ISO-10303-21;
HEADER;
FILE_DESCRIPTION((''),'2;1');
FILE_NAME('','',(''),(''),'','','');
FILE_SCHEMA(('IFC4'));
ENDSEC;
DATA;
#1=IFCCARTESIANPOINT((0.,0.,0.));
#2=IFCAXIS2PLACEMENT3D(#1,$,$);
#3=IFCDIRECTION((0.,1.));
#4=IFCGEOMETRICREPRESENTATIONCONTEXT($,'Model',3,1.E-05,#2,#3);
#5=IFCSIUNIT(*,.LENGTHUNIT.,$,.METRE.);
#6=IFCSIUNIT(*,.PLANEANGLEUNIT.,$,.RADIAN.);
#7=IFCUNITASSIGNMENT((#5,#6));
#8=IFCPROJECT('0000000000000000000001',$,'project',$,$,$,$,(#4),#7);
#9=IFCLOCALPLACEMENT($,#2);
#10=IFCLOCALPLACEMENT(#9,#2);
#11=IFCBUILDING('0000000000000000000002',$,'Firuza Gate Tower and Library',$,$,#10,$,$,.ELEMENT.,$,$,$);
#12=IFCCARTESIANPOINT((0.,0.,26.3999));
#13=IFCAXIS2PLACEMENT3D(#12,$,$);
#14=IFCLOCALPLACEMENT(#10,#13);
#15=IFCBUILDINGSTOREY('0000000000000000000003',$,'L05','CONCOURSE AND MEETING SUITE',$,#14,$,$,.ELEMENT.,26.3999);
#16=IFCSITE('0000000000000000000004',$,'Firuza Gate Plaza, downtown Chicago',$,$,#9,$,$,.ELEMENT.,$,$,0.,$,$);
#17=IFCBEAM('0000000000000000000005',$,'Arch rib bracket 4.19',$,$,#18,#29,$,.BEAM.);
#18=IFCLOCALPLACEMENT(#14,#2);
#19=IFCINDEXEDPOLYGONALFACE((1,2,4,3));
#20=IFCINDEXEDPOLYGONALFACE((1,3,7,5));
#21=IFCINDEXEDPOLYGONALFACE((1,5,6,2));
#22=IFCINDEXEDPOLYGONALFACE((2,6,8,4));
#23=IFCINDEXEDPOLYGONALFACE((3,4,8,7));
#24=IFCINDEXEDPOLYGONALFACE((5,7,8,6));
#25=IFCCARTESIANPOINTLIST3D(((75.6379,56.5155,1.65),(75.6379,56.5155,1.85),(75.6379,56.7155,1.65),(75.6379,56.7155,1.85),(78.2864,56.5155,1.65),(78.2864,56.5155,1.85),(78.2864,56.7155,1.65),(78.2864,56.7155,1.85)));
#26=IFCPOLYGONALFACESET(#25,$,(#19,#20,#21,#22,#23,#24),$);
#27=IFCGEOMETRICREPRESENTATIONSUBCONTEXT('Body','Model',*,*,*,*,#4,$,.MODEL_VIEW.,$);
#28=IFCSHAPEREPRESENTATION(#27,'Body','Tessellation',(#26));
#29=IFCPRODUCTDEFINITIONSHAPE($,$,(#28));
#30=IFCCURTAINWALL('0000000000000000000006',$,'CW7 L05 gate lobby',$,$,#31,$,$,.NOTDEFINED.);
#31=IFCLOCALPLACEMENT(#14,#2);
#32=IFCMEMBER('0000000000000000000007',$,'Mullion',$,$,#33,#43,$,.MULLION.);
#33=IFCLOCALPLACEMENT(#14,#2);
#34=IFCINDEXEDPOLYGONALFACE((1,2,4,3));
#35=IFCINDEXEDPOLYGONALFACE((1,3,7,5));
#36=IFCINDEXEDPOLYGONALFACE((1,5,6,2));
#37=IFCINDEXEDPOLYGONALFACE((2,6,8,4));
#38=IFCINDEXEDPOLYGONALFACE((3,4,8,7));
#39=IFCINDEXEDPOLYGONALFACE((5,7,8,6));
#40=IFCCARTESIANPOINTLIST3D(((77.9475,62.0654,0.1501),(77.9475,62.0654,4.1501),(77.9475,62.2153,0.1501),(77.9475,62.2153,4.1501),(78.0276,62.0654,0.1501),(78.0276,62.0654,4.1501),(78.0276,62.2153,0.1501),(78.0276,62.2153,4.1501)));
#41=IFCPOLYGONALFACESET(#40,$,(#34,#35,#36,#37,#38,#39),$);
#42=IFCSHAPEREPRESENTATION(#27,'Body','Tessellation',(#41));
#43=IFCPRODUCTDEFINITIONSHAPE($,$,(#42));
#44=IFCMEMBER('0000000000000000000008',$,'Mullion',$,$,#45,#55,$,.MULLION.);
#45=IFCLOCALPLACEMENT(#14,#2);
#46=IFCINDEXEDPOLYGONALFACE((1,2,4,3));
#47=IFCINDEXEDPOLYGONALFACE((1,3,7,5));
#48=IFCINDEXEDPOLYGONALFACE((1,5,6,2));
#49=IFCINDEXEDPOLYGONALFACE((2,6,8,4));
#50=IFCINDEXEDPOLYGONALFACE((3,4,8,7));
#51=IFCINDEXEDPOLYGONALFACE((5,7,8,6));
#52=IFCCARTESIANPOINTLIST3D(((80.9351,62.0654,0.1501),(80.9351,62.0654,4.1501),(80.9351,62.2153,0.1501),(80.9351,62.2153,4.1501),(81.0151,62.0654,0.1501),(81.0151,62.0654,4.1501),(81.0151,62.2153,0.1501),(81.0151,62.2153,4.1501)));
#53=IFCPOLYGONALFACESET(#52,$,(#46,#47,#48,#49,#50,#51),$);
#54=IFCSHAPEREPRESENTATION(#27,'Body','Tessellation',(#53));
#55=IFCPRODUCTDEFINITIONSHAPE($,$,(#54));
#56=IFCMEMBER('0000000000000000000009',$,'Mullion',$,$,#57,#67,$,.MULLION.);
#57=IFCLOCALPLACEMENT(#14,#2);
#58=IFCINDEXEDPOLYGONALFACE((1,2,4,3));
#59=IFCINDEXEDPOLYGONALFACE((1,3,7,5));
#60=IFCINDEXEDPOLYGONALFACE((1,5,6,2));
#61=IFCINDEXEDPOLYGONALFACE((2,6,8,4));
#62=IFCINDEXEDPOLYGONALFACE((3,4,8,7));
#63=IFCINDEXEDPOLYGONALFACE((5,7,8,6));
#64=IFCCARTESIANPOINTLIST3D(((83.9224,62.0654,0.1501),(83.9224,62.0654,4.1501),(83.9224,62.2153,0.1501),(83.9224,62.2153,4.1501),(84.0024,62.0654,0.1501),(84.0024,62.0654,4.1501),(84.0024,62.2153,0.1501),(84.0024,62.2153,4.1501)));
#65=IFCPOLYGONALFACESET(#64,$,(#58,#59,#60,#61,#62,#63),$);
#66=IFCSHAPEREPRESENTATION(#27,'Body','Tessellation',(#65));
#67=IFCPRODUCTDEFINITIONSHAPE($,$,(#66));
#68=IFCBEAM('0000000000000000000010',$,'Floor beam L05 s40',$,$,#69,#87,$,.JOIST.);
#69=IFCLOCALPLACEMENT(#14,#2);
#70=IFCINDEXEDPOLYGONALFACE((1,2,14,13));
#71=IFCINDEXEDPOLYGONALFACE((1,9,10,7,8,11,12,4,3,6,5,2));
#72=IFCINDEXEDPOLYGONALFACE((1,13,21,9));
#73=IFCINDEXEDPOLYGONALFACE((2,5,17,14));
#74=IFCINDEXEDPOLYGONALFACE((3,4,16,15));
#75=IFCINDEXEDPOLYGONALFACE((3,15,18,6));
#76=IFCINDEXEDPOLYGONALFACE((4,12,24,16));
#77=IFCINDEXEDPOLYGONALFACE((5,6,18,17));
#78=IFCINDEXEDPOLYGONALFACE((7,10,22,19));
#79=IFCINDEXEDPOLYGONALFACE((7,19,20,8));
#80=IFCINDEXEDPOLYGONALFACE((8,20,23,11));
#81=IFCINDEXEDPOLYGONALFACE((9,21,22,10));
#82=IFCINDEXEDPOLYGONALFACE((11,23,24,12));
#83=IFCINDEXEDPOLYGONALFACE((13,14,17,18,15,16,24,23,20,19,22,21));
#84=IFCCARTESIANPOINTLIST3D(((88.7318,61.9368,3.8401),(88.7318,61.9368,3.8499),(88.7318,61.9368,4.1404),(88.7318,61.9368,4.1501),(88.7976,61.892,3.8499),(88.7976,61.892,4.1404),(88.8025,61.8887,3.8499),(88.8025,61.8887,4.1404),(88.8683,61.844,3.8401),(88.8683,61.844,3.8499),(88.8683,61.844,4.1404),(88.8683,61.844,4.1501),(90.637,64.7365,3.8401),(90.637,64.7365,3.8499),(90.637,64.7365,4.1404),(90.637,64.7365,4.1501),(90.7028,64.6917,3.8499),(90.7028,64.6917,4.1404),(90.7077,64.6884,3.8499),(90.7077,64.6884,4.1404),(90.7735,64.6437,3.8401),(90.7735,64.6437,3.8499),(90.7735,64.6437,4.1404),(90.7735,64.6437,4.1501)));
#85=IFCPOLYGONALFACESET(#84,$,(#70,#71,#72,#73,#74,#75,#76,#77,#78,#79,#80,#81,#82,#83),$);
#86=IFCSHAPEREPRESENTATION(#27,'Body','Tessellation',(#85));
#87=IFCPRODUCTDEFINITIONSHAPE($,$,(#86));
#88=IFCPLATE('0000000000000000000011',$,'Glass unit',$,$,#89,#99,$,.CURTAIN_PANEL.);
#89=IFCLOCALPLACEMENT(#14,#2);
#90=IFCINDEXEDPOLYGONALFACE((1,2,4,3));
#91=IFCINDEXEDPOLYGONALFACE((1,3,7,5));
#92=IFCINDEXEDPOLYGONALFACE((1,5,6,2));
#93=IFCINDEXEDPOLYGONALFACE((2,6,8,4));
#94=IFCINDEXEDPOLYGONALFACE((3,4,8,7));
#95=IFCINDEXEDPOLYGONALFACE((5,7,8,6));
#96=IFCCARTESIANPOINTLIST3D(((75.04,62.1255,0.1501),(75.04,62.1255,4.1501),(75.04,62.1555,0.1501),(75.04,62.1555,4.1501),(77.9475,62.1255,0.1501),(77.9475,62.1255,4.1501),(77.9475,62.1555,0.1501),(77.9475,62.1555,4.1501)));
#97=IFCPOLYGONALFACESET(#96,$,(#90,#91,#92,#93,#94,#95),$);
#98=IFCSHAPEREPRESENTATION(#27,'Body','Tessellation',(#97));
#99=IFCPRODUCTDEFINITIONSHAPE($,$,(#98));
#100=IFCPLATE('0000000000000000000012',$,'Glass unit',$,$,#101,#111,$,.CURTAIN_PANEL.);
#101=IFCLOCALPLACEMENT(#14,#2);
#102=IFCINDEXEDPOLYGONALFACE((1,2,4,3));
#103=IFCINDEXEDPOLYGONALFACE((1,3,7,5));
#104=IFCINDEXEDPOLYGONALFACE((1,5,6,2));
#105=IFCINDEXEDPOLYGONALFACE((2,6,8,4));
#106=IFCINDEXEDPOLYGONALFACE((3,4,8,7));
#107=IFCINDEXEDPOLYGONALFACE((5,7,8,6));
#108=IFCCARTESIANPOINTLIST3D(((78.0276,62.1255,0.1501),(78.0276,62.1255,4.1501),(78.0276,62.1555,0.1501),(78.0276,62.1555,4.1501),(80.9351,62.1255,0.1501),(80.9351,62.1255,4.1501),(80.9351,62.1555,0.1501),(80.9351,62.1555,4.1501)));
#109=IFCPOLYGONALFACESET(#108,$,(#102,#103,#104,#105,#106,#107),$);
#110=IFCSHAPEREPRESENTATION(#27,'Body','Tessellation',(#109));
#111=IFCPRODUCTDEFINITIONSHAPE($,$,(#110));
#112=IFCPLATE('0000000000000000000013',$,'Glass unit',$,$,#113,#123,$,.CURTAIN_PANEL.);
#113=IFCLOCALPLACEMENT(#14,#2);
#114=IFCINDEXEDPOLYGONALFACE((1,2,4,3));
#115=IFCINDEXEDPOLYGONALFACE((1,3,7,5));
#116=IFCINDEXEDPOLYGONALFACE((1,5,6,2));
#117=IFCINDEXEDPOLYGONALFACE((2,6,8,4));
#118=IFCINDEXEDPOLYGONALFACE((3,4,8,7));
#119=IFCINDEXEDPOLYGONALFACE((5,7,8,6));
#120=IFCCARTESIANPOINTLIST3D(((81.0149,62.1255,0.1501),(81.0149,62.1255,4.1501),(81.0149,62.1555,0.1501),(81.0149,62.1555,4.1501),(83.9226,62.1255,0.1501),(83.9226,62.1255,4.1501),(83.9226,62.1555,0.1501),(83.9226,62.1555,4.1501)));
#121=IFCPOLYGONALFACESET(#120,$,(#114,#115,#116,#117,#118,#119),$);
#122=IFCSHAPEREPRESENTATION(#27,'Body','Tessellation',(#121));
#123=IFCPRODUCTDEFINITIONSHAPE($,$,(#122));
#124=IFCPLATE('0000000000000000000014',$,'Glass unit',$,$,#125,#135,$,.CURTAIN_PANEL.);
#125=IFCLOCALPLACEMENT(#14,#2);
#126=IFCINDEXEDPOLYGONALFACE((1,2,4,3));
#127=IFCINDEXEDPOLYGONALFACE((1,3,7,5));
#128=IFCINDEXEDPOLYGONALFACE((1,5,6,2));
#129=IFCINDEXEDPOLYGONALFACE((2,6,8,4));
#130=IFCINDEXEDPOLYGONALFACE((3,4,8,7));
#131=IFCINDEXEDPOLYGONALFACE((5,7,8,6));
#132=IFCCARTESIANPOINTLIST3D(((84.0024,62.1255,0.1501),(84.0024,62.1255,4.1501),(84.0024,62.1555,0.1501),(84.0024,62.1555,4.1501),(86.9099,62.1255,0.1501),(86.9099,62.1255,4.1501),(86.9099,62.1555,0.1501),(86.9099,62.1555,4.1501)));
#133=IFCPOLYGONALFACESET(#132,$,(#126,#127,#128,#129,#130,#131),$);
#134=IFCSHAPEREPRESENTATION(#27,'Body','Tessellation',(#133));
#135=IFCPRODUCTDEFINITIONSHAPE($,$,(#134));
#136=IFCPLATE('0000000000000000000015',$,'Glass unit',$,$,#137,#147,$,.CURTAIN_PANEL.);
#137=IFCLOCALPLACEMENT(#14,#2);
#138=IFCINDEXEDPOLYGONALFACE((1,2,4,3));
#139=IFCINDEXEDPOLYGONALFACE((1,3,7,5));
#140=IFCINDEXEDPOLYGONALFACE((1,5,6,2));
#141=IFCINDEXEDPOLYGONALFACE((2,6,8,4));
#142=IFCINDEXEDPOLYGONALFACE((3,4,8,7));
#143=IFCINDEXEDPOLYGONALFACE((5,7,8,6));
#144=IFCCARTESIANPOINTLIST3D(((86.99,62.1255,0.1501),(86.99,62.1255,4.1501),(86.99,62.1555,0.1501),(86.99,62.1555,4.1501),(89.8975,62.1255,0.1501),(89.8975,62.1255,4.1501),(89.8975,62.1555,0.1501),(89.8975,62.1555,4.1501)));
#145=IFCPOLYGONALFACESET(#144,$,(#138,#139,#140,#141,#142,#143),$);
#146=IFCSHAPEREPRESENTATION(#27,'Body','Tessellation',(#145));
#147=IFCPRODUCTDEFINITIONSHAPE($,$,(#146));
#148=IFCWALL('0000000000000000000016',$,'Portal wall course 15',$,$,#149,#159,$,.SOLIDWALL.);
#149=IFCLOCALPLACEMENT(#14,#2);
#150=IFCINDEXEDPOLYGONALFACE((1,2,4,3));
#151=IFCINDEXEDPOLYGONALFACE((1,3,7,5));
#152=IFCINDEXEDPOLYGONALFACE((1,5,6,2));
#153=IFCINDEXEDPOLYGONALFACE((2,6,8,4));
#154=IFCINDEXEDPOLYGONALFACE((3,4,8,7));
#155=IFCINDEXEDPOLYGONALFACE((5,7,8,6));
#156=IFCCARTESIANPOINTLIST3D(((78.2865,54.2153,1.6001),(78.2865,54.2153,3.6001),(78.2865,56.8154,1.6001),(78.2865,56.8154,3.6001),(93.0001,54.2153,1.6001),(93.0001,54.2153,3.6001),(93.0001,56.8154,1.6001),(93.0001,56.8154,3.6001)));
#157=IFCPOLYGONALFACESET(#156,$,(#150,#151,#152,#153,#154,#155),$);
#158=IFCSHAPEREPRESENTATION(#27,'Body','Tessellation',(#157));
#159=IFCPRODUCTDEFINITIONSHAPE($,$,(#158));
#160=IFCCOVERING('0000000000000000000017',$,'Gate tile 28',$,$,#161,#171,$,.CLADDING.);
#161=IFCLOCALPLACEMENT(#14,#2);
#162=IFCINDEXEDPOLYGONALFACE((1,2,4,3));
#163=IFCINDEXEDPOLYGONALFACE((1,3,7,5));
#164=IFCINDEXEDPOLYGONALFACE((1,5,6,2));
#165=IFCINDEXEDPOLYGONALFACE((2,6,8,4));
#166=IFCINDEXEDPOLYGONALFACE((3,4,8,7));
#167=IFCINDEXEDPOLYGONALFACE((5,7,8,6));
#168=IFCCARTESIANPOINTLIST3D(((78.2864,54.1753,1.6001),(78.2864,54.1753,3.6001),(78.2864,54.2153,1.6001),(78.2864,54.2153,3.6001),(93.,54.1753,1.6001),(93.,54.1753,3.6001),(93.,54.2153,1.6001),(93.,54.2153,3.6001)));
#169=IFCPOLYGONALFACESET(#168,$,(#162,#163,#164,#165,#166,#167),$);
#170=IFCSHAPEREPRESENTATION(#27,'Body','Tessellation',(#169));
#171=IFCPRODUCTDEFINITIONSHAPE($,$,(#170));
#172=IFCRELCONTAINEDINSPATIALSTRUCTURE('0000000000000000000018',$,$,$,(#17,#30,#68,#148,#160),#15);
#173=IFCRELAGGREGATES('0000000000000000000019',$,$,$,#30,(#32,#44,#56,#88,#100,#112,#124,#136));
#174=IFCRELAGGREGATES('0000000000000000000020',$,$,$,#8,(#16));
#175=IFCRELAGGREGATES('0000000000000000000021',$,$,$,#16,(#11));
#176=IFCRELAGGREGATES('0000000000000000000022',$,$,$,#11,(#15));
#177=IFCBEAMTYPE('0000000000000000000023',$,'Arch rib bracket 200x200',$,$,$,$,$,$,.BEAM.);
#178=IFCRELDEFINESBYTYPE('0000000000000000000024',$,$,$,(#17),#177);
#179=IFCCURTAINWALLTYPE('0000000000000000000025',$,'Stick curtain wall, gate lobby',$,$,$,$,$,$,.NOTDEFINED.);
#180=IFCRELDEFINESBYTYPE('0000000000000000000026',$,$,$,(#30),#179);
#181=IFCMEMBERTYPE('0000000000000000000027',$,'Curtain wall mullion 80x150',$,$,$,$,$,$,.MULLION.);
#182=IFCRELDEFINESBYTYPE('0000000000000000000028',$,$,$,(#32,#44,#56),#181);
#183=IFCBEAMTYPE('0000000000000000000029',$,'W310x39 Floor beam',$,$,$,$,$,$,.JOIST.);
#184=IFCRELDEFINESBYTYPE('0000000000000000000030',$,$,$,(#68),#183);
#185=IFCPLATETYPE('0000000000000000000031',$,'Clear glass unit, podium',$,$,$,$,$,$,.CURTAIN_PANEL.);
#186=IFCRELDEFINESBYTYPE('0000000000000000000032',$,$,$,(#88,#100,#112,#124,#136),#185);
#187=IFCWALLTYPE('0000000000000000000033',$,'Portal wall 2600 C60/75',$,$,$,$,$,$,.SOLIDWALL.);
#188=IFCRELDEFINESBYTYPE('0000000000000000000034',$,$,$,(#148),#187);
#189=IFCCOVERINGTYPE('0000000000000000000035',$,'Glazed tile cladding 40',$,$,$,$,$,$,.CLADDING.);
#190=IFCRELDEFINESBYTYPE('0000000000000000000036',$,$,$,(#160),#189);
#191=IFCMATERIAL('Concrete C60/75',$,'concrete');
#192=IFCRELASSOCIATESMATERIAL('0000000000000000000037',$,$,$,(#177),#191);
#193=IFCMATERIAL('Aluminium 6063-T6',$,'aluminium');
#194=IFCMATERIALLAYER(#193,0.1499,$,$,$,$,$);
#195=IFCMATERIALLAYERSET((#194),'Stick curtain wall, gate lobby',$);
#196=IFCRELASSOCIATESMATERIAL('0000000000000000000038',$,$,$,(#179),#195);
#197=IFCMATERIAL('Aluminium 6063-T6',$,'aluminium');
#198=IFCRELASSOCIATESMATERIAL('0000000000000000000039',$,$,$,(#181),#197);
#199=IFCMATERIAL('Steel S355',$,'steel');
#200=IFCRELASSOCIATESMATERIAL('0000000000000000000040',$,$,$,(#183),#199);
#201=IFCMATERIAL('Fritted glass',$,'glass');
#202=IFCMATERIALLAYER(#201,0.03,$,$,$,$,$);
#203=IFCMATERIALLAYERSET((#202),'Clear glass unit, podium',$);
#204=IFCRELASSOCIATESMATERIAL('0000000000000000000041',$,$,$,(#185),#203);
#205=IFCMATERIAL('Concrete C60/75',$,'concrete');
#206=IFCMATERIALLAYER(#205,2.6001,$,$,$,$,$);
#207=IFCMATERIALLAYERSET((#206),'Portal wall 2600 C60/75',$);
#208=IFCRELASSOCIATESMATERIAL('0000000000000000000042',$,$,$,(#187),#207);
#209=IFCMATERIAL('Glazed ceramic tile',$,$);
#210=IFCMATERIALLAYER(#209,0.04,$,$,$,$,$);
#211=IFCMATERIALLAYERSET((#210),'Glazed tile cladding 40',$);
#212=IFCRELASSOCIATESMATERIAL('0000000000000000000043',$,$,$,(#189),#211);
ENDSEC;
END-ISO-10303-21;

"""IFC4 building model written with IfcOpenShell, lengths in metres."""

from ifc_helpers import new_model, si_unit, direction, frame, frame_2d, origin, origin_2d, place, context, subcontext, project, spatial, polyline, rectangle, i_section, outline, extrude, material, layer, layer_set, material_profile, profile_set, type_object, element, aggregate, save


model = new_model("IFC4")

# Units and contexts
model_context = context("Model", 3, precision=1e-05, world=origin(), true_north=direction((0.0, 1.0)))
body_context = subcontext(model_context, "Body", "Model", "MODEL_VIEW")
ifc_project = project(units=[si_unit("LENGTHUNIT", "METRE"), si_unit("PLANEANGLEUNIT", "RADIAN")], contexts=[model_context])

# Site, building, storey
site_placement = place(None, origin())
site = spatial("IfcSite", under=ifc_project, at=site_placement, Name="Firuza Gate Plaza, downtown Chicago", CompositionType="ELEMENT", RefElevation=0.0)
building_placement = place(site_placement, origin())
building = spatial("IfcBuilding", under=site, at=building_placement, Name="Firuza Gate Tower and Library", CompositionType="ELEMENT")
storey_placement = place(building_placement, frame((0.0, 0.0, 26.3999)))
storey = spatial("IfcBuildingStorey", under=building, at=storey_placement, Name="L05", Description="CONCOURSE AND MEETING SUITE", CompositionType="ELEMENT", Elevation=26.3999)

# Beam
ifc_material_1 = material(Name="Concrete C60/75", Category="concrete")
ifc_material_profile_1 = material_profile(ifc_material_1, rectangle(XDim=0.2, YDim=0.2, at=origin_2d()))
ifc_profile_set_1 = profile_set([ifc_material_profile_1], Name="Concrete C60/75")
beam_type_1 = type_object("IfcBeamType", Name="Arch rib bracket 200x200", PredefinedType="BEAM", material=ifc_profile_set_1)
beam_1_placement = place(storey_placement, frame((78.2864, 56.6155, 1.75), z_axis=(-1.0, 0.0, 0.0), x_axis=(0.0, -1.0, 0.0)))
element("IfcBeam", 1, at=beam_1_placement, inside=storey, type_object=beam_type_1, Name="Arch rib bracket 4.19", PredefinedType="BEAM", context=body_context, shape_type="SweptSolid", body=[
    extrude(rectangle(XDim=0.2, YDim=0.2, at=origin_2d()), origin(), (0.0, 0.0, 1.0), 2.6484),
])

# Curtain wall, members
ifc_material_2 = material(Name="Aluminium 6063-T6", Category="aluminium")
ifc_layer_1 = layer(ifc_material_2, 0.1499)
ifc_layer_set_1 = layer_set([ifc_layer_1], Name="Stick curtain wall, gate lobby")
curtain_wall_type = type_object("IfcCurtainWallType", Name="Stick curtain wall, gate lobby", PredefinedType="NOTDEFINED", material=ifc_layer_set_1)
curtain_wall_placement = place(storey_placement, origin())
curtain_wall = element("IfcCurtainWall", 2, at=curtain_wall_placement, inside=storey, type_object=curtain_wall_type, Name="CW7 L05 gate lobby", PredefinedType="NOTDEFINED")
ifc_material_3 = material(Name="Aluminium 6063-T6", Category="aluminium")
ifc_material_profile_2 = material_profile(ifc_material_3, rectangle(XDim=0.1499, YDim=0.0801, at=origin_2d()))
ifc_profile_set_2 = profile_set([ifc_material_profile_2], Name="Aluminium 6063-T6")
member_type_1 = type_object("IfcMemberType", Name="Curtain wall mullion 80x150", PredefinedType="MULLION", material=ifc_profile_set_2)
member_1_placement = place(storey_placement, frame((77.9875, 62.1404, 0.1501), z_axis=(0.0, 0.0, 1.0), x_axis=(0.0, 1.0, 0.0)))
member_1 = element("IfcMember", 3, at=member_1_placement, type_object=member_type_1, Name="Mullion", PredefinedType="MULLION", context=body_context, shape_type="SweptSolid", body=[
    extrude(rectangle(XDim=0.1499, YDim=0.0801, at=origin_2d()), origin(), (0.0, 0.0, 1.0), 4.0),
])
member_2_placement = place(storey_placement, frame((80.9751, 62.1404, 0.1501), z_axis=(0.0, 0.0, 1.0), x_axis=(0.0, 1.0, 0.0)))
member_2 = element("IfcMember", 4, at=member_2_placement, type_object=member_type_1, Name="Mullion", PredefinedType="MULLION", context=body_context, shape_type="SweptSolid", body=[
    extrude(rectangle(XDim=0.1499, YDim=0.0801, at=origin_2d()), origin(), (0.0, 0.0, 1.0), 4.0),
])
member_3_placement = place(storey_placement, frame((83.9624, 62.1404, 0.1501), z_axis=(0.0, 0.0, 1.0), x_axis=(0.0, 1.0, 0.0)))
member_3 = element("IfcMember", 5, at=member_3_placement, type_object=member_type_1, Name="Mullion", PredefinedType="MULLION", context=body_context, shape_type="SweptSolid", body=[
    extrude(rectangle(XDim=0.1499, YDim=0.0801, at=origin_2d()), origin(), (0.0, 0.0, 1.0), 4.0),
])

# Beam
ifc_material_4 = material(Name="Steel S355", Category="steel")
ifc_material_profile_3 = material_profile(ifc_material_4, i_section(OverallWidth=0.165, OverallDepth=0.3101, WebThickness=0.0059, FlangeThickness=0.0098, at=origin_2d()))
ifc_profile_set_3 = profile_set([ifc_material_profile_3], Name="Steel S355")
beam_type_2 = type_object("IfcBeamType", Name="W310x39 Floor beam", PredefinedType="JOIST", material=ifc_profile_set_3)
beam_2_placement = place(storey_placement, frame((88.8, 61.8904, 3.9951), z_axis=(0.562594, 0.826733, 0.0), x_axis=(-0.826733, 0.562594, 0.0)))
element("IfcBeam", 6, at=beam_2_placement, inside=storey, type_object=beam_type_2, Name="Floor beam L05 s40", PredefinedType="JOIST", context=body_context, shape_type="SweptSolid", body=[
    extrude(i_section(OverallWidth=0.165, OverallDepth=0.3101, WebThickness=0.0059, FlangeThickness=0.0098, at=origin_2d()), origin(), (0.0, 0.0, 1.0), 3.3865),
])

# Plates
ifc_material_5 = material(Name="Fritted glass", Category="glass")
ifc_layer_2 = layer(ifc_material_5, 0.03)
ifc_layer_set_2 = layer_set([ifc_layer_2], Name="Clear glass unit, podium")
plate_type = type_object("IfcPlateType", Name="Clear glass unit, podium", PredefinedType="CURTAIN_PANEL", material=ifc_layer_set_2)
plate_1_placement = place(storey_placement, frame((75.04, 62.1255, 0.1501), z_axis=(0.0, -1.0, 0.0), x_axis=(1.0, 0.0, 0.0)))
plate_1 = element("IfcPlate", 7, at=plate_1_placement, type_object=plate_type, Name="Glass unit", PredefinedType="CURTAIN_PANEL", context=body_context, shape_type="SweptSolid", body=[
    extrude(outline(polyline([(0.0, 0.0), (2.9075, 0.0), (2.9075, 4.0), (0.0, 4.0), (0.0, 0.0)])), origin(), (0.0, 0.0, -1.0), 0.03),
])
plate_2_placement = place(storey_placement, frame((78.0276, 62.1255, 0.1501), z_axis=(0.0, -1.0, 0.0), x_axis=(1.0, 0.0, 0.0)))
plate_2 = element("IfcPlate", 8, at=plate_2_placement, type_object=plate_type, Name="Glass unit", PredefinedType="CURTAIN_PANEL", context=body_context, shape_type="SweptSolid", body=[
    extrude(outline(polyline([(0.0, 0.0), (2.9075, 0.0), (2.9075, 4.0), (0.0, 4.0), (0.0, 0.0)])), origin(), (0.0, 0.0, -1.0), 0.03),
])
plate_3_placement = place(storey_placement, frame((81.0149, 62.1255, 0.1501), z_axis=(0.0, -1.0, 0.0), x_axis=(1.0, 0.0, 0.0)))
plate_3 = element("IfcPlate", 9, at=plate_3_placement, type_object=plate_type, Name="Glass unit", PredefinedType="CURTAIN_PANEL", context=body_context, shape_type="SweptSolid", body=[
    extrude(outline(polyline([(0.0, 0.0), (2.9077, 0.0), (2.9077, 4.0), (0.0, 4.0), (0.0, 0.0)])), origin(), (0.0, 0.0, -1.0), 0.03),
])
plate_4_placement = place(storey_placement, frame((84.0024, 62.1255, 0.1501), z_axis=(0.0, -1.0, 0.0), x_axis=(1.0, 0.0, 0.0)))
plate_4 = element("IfcPlate", 10, at=plate_4_placement, type_object=plate_type, Name="Glass unit", PredefinedType="CURTAIN_PANEL", context=body_context, shape_type="SweptSolid", body=[
    extrude(outline(polyline([(0.0, 0.0), (2.9075, 0.0), (2.9075, 4.0), (0.0, 4.0), (0.0, 0.0)])), origin(), (0.0, 0.0, -1.0), 0.03),
])
plate_5_placement = place(storey_placement, frame((86.99, 62.1255, 0.1501), z_axis=(0.0, -1.0, 0.0), x_axis=(1.0, 0.0, 0.0)))
plate_5 = element("IfcPlate", 11, at=plate_5_placement, type_object=plate_type, Name="Glass unit", PredefinedType="CURTAIN_PANEL", context=body_context, shape_type="SweptSolid", body=[
    extrude(outline(polyline([(0.0, 0.0), (2.9075, 0.0), (2.9075, 4.0), (0.0, 4.0), (0.0, 0.0)])), origin(), (0.0, 0.0, -1.0), 0.03),
])
aggregate(curtain_wall, [member_1, member_2, member_3, plate_1, plate_2, plate_3, plate_4, plate_5])

# Wall
ifc_material_6 = material(Name="Concrete C60/75", Category="concrete")
ifc_layer_3 = layer(ifc_material_6, 2.6001)
ifc_layer_set_3 = layer_set([ifc_layer_3], Name="Portal wall 2600 C60/75")
wall_type = type_object("IfcWallType", Name="Portal wall 2600 C60/75", PredefinedType="SOLIDWALL", material=ifc_layer_set_3)
wall_placement = place(storey_placement, frame((78.2864, 55.5154, 1.6001), z_axis=(0.0, 0.0, 1.0), x_axis=(1.0, 0.0, 0.0)))
element("IfcWall", 12, at=wall_placement, inside=storey, type_object=wall_type, Name="Portal wall course 15", PredefinedType="SOLIDWALL", context=body_context, shape_type="SweptSolid", body=[
    extrude(rectangle(XDim=14.7136, YDim=2.6001, at=frame_2d((7.3569, 0.0))), origin(), (0.0, 0.0, 1.0), 2.0),
])

# Covering
ifc_material_7 = material(Name="Glazed ceramic tile")
ifc_layer_4 = layer(ifc_material_7, 0.04)
ifc_layer_set_4 = layer_set([ifc_layer_4], Name="Glazed tile cladding 40")
covering_type = type_object("IfcCoveringType", Name="Glazed tile cladding 40", PredefinedType="CLADDING", material=ifc_layer_set_4)
covering_placement = place(storey_placement, frame((78.2864, 54.1753, 1.6001), z_axis=(0.0, -1.0, 0.0), x_axis=(1.0, 0.0, 0.0)))
element("IfcCovering", 13, at=covering_placement, inside=storey, type_object=covering_type, Name="Gate tile 28", PredefinedType="CLADDING", context=body_context, shape_type="SweptSolid", body=[
    extrude(outline(polyline([(0.0, 0.0), (14.7136, 0.0), (14.7136, 2.0), (0.0, 2.0), (0.0, 0.0)])), origin(), (0.0, 0.0, -1.0), 0.04),
])

save(model, "model.ifc")
